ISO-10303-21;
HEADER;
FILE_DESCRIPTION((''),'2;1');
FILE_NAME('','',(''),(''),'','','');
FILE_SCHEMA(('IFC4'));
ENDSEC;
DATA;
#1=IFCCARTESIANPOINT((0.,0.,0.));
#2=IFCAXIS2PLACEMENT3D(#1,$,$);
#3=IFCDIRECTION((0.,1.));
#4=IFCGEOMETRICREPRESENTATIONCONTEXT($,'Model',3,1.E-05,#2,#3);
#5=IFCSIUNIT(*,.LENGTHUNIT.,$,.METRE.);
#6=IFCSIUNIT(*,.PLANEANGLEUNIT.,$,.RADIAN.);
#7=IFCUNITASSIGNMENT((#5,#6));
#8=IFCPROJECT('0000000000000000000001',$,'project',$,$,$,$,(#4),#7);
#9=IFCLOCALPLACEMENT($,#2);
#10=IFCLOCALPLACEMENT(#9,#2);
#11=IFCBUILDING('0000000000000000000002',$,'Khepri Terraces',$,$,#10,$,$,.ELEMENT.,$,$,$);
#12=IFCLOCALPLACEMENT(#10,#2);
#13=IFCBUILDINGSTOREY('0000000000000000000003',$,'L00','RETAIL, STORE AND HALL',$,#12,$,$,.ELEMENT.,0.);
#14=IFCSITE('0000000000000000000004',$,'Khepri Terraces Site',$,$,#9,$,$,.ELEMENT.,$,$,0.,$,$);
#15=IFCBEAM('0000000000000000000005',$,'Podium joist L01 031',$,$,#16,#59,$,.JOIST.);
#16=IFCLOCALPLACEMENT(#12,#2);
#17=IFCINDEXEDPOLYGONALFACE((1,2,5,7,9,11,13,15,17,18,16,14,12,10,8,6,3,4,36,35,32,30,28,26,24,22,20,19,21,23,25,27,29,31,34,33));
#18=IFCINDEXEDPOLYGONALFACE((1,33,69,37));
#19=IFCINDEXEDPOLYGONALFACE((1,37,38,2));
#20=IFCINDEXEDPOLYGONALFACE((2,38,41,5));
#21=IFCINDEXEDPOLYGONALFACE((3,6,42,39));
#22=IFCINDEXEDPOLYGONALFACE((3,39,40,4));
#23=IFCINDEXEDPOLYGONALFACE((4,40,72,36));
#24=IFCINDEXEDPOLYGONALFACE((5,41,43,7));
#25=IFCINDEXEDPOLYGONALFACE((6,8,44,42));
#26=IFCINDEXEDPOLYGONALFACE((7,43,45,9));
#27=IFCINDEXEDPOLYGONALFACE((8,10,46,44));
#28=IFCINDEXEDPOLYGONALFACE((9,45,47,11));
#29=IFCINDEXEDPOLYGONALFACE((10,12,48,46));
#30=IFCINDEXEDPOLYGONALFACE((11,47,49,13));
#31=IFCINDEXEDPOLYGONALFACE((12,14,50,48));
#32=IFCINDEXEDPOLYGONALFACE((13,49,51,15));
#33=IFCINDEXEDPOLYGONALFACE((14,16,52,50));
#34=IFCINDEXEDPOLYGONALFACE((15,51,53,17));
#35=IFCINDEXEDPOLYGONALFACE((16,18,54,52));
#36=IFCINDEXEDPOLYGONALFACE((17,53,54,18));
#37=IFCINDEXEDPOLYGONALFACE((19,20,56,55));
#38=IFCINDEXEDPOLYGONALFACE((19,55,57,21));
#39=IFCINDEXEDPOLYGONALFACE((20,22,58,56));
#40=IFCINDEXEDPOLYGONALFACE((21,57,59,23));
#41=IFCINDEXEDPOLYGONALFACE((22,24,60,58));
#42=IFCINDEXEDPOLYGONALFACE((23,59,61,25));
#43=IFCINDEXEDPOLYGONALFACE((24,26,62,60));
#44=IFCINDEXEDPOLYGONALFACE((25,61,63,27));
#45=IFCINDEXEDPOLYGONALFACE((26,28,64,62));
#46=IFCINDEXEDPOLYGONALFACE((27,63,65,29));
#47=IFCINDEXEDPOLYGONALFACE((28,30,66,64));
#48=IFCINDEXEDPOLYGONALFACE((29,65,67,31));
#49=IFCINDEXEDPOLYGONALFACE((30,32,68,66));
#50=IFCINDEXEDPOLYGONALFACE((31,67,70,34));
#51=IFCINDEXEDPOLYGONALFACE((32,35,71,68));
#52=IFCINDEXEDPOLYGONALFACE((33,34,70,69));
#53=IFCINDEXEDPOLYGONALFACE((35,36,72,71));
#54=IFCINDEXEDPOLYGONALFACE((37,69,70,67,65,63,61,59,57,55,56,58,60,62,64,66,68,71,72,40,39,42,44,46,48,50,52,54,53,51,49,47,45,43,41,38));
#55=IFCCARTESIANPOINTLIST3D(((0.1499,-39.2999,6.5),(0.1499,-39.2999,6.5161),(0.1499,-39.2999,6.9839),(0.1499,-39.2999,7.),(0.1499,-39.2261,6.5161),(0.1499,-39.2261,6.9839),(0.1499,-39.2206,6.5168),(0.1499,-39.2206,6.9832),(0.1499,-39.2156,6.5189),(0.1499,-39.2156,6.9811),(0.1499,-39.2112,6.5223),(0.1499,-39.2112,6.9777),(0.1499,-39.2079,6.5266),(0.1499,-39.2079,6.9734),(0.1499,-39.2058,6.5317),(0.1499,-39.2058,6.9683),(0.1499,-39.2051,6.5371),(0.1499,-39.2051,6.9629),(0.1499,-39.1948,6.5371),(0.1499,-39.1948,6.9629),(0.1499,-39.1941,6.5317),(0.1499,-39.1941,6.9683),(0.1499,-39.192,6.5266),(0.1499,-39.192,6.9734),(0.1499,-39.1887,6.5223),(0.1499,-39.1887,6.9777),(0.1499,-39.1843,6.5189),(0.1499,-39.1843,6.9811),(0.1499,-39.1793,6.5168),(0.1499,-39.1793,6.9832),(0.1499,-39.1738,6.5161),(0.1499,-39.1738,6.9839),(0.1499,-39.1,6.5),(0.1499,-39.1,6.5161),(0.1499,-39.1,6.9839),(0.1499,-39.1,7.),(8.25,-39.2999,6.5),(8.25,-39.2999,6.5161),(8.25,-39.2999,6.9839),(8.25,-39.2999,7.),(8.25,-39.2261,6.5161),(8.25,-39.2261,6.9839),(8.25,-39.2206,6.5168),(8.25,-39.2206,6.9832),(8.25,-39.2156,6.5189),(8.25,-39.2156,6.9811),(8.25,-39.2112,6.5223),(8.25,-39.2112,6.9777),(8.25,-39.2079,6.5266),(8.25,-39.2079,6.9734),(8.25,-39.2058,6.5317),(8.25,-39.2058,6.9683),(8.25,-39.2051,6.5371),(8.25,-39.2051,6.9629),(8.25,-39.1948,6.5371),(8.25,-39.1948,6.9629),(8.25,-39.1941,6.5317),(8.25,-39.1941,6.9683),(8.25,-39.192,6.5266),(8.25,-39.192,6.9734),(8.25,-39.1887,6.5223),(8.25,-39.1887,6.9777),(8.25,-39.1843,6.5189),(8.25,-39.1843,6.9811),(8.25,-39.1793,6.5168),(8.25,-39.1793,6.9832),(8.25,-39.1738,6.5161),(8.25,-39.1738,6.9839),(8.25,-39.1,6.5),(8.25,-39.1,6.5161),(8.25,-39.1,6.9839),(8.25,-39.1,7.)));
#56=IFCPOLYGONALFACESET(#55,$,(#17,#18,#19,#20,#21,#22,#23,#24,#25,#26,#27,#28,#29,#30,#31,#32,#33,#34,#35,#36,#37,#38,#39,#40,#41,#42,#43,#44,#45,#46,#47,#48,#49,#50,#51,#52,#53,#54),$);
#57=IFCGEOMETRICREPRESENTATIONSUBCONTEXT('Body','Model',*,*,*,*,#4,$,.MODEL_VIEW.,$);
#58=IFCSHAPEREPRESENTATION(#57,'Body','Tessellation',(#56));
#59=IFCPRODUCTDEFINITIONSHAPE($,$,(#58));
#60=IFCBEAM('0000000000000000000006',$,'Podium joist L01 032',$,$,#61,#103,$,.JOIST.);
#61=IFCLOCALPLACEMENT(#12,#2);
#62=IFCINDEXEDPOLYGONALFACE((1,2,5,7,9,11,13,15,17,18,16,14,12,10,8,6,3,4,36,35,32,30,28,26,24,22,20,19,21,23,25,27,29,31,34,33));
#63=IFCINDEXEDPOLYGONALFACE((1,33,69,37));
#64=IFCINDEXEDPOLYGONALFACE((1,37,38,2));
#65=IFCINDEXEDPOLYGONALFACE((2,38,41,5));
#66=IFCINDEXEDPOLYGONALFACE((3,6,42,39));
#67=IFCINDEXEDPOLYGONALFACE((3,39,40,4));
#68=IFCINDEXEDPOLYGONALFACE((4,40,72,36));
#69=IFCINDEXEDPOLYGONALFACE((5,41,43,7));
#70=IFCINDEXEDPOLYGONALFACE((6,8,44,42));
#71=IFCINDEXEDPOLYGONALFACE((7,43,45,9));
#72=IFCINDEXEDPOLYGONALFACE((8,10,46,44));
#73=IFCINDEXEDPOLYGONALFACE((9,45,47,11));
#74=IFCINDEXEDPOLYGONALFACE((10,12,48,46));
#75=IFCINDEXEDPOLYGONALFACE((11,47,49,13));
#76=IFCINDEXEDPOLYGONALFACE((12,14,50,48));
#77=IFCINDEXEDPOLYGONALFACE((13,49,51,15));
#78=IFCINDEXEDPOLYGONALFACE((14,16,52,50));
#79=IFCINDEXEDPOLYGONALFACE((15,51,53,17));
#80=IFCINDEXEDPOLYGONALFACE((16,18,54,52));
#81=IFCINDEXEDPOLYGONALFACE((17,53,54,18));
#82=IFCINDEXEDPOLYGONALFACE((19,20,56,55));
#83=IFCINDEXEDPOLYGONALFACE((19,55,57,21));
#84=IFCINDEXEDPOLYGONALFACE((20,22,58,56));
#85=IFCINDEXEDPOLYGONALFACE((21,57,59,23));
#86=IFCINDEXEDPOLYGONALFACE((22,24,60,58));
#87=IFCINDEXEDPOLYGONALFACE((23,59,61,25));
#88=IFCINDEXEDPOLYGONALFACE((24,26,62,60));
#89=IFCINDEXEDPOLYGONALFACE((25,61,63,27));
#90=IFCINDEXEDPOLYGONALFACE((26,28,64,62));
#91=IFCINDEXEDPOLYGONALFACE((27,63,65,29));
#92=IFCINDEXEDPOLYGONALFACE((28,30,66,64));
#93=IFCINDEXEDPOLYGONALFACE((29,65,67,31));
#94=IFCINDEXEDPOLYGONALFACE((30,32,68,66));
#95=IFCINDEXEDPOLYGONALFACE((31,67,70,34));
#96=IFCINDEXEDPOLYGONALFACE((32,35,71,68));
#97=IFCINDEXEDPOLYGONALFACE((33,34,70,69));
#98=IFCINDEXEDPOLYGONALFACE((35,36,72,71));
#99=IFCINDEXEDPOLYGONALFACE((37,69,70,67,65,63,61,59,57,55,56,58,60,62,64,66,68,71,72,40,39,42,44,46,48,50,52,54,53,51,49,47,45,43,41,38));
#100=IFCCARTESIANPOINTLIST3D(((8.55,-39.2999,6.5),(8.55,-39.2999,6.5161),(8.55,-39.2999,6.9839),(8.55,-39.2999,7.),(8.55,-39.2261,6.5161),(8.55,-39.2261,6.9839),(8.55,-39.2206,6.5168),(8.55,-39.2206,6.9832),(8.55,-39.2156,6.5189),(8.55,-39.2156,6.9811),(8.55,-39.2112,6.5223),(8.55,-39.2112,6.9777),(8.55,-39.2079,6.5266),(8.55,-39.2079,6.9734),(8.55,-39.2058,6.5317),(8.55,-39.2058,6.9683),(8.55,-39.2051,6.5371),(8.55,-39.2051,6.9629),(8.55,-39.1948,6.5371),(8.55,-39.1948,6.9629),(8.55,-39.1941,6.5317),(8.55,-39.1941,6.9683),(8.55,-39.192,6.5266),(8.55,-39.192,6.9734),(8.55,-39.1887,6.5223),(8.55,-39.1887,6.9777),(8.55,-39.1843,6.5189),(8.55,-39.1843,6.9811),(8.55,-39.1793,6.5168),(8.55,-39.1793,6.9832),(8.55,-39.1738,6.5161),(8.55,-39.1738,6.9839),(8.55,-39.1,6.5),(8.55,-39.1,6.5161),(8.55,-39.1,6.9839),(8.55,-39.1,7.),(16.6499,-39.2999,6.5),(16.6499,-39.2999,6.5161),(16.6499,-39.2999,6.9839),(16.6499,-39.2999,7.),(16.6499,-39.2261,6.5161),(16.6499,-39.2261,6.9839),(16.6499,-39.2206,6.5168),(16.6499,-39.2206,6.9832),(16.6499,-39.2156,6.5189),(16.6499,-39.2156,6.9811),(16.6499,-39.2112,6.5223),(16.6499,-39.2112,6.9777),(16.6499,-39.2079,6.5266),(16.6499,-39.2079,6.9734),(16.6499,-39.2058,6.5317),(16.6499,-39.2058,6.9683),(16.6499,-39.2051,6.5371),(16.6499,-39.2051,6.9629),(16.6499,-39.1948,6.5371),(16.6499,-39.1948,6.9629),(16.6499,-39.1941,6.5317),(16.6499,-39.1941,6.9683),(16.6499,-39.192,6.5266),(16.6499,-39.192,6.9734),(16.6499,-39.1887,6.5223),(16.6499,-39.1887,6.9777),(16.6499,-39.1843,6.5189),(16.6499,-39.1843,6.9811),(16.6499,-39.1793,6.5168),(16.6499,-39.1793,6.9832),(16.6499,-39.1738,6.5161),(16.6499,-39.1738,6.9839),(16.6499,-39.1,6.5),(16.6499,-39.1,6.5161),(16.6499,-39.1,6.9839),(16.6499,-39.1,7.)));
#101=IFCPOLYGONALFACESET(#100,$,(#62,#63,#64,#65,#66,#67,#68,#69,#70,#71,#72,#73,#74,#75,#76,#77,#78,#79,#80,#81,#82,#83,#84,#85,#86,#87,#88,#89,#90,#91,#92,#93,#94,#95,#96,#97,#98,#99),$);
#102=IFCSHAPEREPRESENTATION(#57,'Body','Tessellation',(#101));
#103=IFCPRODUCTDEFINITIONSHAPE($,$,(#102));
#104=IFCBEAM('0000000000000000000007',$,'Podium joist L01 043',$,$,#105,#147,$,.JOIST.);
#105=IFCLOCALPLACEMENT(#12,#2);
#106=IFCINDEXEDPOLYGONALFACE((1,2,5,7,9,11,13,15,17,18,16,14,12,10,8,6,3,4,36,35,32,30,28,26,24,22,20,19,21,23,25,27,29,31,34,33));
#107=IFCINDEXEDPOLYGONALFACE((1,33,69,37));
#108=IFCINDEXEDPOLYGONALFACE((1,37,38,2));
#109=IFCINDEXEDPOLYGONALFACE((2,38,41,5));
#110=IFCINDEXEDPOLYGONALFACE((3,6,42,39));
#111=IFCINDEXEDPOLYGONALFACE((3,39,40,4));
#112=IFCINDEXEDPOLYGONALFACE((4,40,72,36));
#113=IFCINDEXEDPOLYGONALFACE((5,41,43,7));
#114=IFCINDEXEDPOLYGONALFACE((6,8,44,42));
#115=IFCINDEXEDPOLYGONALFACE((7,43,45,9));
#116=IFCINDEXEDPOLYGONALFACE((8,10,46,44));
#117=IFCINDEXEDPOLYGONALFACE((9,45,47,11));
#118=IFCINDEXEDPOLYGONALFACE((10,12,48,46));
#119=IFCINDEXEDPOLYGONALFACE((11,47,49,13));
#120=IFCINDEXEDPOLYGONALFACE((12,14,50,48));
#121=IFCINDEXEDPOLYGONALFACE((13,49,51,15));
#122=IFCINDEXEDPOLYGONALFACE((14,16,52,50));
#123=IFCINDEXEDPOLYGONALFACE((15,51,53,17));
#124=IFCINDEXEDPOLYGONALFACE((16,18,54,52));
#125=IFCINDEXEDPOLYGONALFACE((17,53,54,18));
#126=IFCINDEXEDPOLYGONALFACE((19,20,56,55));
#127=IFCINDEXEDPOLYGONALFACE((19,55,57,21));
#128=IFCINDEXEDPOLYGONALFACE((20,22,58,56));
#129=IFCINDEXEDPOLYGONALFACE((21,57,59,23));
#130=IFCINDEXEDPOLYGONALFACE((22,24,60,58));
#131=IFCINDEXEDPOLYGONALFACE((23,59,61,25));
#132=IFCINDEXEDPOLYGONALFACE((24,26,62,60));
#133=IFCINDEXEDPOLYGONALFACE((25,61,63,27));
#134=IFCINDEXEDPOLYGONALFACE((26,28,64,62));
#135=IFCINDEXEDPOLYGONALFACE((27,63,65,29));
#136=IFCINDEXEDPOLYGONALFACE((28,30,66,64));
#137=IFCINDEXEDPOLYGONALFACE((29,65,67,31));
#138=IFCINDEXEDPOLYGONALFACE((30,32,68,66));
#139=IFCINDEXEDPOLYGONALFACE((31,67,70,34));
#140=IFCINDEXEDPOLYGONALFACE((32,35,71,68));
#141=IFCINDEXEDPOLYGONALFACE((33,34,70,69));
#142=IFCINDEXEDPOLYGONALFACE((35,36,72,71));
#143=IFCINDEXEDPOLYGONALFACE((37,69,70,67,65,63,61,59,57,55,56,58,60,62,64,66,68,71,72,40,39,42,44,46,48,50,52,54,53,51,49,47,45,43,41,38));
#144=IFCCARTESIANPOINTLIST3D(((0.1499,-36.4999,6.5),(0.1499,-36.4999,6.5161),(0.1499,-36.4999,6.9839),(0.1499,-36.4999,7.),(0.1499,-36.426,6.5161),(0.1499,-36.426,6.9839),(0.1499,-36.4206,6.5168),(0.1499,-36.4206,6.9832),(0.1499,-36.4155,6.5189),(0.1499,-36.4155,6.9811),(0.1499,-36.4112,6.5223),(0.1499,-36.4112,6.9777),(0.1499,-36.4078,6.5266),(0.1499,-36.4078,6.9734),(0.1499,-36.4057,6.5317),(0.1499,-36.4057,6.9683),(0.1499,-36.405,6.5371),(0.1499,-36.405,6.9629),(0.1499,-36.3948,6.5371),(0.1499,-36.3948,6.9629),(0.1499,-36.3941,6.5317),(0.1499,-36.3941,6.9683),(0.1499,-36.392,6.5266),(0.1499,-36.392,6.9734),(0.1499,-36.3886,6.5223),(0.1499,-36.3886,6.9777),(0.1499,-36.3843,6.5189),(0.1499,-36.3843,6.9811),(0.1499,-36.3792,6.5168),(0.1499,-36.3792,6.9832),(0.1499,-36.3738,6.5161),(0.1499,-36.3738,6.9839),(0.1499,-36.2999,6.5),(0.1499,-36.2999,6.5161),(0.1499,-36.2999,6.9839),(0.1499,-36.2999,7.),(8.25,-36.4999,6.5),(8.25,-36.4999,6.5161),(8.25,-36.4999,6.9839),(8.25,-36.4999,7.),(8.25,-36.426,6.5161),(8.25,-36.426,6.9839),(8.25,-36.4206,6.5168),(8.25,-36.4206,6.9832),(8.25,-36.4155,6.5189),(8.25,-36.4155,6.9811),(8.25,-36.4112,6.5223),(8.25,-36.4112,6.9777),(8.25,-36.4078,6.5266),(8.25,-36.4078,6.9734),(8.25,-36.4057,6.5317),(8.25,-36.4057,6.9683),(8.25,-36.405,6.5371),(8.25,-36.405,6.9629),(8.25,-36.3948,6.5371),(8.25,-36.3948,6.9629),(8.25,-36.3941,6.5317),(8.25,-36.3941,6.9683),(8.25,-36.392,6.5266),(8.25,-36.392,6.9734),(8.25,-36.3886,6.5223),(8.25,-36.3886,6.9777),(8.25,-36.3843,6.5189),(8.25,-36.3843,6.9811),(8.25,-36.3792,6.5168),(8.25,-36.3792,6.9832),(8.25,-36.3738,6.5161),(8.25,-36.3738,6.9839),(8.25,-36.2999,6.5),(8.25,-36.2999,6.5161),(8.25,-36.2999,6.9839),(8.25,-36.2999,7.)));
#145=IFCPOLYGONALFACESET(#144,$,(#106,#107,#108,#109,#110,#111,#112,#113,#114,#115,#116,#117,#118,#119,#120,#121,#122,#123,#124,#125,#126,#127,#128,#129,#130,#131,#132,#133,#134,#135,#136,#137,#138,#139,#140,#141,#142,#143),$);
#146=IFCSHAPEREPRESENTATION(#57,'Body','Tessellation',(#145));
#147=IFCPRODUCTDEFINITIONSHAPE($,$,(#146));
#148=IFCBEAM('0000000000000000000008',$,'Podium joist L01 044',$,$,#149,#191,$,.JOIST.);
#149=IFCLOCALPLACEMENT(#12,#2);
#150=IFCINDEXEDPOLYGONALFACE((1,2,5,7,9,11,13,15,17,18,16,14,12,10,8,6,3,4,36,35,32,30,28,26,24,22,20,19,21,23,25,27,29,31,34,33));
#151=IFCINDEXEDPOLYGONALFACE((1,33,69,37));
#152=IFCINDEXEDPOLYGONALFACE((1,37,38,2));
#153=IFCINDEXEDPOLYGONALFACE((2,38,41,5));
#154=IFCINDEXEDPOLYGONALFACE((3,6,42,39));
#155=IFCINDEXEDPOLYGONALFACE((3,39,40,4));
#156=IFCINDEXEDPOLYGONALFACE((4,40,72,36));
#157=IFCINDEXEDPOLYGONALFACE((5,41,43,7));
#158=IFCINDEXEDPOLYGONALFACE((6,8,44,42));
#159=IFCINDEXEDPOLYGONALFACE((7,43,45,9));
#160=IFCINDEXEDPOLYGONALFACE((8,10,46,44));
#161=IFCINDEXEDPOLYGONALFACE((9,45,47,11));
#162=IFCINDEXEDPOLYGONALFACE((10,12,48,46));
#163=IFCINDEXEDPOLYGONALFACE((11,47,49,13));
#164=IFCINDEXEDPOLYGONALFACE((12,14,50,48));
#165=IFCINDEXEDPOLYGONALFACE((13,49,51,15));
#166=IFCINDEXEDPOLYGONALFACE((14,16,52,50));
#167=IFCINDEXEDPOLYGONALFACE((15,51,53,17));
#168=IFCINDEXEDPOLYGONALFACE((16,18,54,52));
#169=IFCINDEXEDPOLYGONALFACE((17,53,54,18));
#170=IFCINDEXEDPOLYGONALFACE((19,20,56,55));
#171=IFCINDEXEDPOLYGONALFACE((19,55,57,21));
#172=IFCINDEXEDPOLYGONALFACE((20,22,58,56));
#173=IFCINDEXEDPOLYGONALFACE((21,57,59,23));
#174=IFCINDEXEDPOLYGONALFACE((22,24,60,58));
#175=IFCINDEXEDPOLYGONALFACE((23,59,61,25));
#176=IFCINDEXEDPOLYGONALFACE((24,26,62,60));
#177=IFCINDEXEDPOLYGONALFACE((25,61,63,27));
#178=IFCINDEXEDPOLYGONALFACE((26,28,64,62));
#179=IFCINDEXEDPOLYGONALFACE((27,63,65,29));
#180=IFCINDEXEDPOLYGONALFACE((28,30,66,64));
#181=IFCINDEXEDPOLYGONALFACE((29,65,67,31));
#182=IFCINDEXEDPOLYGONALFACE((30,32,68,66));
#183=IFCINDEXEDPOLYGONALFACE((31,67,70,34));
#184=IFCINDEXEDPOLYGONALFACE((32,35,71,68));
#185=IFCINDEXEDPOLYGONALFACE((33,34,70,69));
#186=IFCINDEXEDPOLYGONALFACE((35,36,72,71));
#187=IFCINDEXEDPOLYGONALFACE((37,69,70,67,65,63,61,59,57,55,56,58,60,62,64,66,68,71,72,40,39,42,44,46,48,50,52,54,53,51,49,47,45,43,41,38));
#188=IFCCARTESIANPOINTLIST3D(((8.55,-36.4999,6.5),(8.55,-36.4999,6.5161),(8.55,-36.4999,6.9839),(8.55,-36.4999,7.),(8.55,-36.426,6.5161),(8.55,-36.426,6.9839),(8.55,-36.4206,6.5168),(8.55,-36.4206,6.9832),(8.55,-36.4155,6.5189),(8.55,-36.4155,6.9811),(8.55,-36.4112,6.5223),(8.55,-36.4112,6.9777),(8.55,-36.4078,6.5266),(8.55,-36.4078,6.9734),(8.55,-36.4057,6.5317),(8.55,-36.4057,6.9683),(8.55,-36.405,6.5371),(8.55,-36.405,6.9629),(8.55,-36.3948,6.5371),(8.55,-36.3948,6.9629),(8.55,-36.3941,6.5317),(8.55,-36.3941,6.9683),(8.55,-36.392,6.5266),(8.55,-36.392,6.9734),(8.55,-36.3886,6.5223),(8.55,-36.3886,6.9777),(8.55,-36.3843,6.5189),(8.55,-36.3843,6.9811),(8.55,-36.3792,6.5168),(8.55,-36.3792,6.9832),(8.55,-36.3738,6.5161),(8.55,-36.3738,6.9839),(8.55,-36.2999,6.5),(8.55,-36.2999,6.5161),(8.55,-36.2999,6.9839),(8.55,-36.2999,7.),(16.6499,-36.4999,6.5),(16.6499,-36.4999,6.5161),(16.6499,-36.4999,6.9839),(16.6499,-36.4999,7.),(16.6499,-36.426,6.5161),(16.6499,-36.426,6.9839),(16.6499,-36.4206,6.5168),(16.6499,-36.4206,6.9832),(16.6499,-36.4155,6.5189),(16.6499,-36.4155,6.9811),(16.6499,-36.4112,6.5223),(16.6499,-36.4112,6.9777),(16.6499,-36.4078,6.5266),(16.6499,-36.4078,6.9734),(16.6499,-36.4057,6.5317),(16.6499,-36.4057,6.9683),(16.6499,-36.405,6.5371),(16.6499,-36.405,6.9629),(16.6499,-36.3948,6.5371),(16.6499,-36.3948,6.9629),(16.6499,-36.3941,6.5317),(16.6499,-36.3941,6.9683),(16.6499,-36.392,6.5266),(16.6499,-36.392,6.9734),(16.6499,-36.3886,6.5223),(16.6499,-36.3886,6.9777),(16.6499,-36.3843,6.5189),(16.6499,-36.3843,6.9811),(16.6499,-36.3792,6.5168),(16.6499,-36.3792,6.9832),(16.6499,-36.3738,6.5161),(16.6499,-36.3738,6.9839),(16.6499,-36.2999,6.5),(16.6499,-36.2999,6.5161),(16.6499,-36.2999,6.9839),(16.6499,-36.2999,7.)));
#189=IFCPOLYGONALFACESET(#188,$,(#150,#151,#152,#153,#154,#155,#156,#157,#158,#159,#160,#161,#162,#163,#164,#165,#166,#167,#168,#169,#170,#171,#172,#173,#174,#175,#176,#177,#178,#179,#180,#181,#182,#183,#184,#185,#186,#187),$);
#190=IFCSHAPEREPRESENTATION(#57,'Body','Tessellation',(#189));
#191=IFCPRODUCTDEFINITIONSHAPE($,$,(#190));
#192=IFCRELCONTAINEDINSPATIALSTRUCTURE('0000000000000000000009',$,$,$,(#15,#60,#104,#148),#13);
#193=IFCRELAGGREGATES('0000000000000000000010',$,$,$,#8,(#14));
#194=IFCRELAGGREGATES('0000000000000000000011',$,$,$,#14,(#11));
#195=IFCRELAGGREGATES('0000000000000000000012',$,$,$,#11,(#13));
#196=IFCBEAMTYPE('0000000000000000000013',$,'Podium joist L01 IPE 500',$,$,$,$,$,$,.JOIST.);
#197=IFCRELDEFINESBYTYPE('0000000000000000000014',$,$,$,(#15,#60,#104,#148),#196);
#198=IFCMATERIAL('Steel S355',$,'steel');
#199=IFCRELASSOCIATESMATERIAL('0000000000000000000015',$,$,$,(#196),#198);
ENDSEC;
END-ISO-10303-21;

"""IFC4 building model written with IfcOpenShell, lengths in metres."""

from ifc_helpers import new_model, si_unit, direction, frame, origin, origin_2d, place, context, subcontext, project, spatial, i_section, extrude, material, material_profile, profile_set, type_object, element, save


model = new_model("IFC4")

# Units and contexts
model_context = context("Model", 3, precision=1e-05, world=origin(), true_north=direction((0.0, 1.0)))
body_context = subcontext(model_context, "Body", "Model", "MODEL_VIEW")
ifc_project = project(units=[si_unit("LENGTHUNIT", "METRE"), si_unit("PLANEANGLEUNIT", "RADIAN")], contexts=[model_context])

# Site, building, storey
site_placement = place(None, origin())
site = spatial("IfcSite", under=ifc_project, at=site_placement, Name="Khepri Terraces Site", CompositionType="ELEMENT", RefElevation=0.0)
building_placement = place(site_placement, origin())
building = spatial("IfcBuilding", under=site, at=building_placement, Name="Khepri Terraces", CompositionType="ELEMENT")
storey_placement = place(building_placement, origin())
storey = spatial("IfcBuildingStorey", under=building, at=storey_placement, Name="L00", Description="RETAIL, STORE AND HALL", CompositionType="ELEMENT", Elevation=0.0)

# Beams
ifc_material_1 = material(Name="Steel S355", Category="steel")
ifc_material_profile_1 = material_profile(ifc_material_1, i_section(OverallWidth=0.2, OverallDepth=0.5, WebThickness=0.0103, FlangeThickness=0.0161, FilletRadius=0.021, at=origin_2d()), Name="Steel S355", Category="steel")
ifc_profile_set_1 = profile_set([ifc_material_profile_1], Name="Steel S355")
beam_type_1 = type_object("IfcBeamType", Name="Podium joist L01 IPE 500", PredefinedType="JOIST", material=ifc_profile_set_1)
beam_1_placement = place(storey_placement, frame((0.1499, -39.2, 6.75), z_axis=(1.0, 0.0, 0.0), x_axis=(0.0, 1.0, 0.0)))
element("IfcBeam", 1, at=beam_1_placement, inside=storey, type_object=beam_type_1, Name="Podium joist L01 031", PredefinedType="JOIST", context=body_context, shape_type="SweptSolid", body=[
    extrude(i_section(OverallWidth=0.2, OverallDepth=0.5, WebThickness=0.0103, FlangeThickness=0.0161, FilletRadius=0.021, at=origin_2d()), origin(), (0.0, 0.0, 1.0), 8.1001),
])
beam_2_placement = place(storey_placement, frame((8.55, -39.2, 6.75), z_axis=(1.0, 0.0, 0.0), x_axis=(0.0, 1.0, 0.0)))
element("IfcBeam", 2, at=beam_2_placement, inside=storey, type_object=beam_type_1, Name="Podium joist L01 032", PredefinedType="JOIST", context=body_context, shape_type="SweptSolid", body=[
    extrude(i_section(OverallWidth=0.2, OverallDepth=0.5, WebThickness=0.0103, FlangeThickness=0.0161, FilletRadius=0.021, at=origin_2d()), origin(), (0.0, 0.0, 1.0), 8.0999),
])
beam_3_placement = place(storey_placement, frame((0.1499, -36.3999, 6.75), z_axis=(1.0, 0.0, 0.0), x_axis=(0.0, 1.0, 0.0)))
element("IfcBeam", 3, at=beam_3_placement, inside=storey, type_object=beam_type_1, Name="Podium joist L01 043", PredefinedType="JOIST", context=body_context, shape_type="SweptSolid", body=[
    extrude(i_section(OverallWidth=0.2, OverallDepth=0.5, WebThickness=0.0103, FlangeThickness=0.0161, FilletRadius=0.021, at=origin_2d()), origin(), (0.0, 0.0, 1.0), 8.1001),
])
beam_4_placement = place(storey_placement, frame((8.55, -36.3999, 6.75), z_axis=(1.0, 0.0, 0.0), x_axis=(0.0, 1.0, 0.0)))
element("IfcBeam", 4, at=beam_4_placement, inside=storey, type_object=beam_type_1, Name="Podium joist L01 044", PredefinedType="JOIST", context=body_context, shape_type="SweptSolid", body=[
    extrude(i_section(OverallWidth=0.2, OverallDepth=0.5, WebThickness=0.0103, FlangeThickness=0.0161, FilletRadius=0.021, at=origin_2d()), origin(), (0.0, 0.0, 1.0), 8.0999),
])

save(model, "model.ifc")
